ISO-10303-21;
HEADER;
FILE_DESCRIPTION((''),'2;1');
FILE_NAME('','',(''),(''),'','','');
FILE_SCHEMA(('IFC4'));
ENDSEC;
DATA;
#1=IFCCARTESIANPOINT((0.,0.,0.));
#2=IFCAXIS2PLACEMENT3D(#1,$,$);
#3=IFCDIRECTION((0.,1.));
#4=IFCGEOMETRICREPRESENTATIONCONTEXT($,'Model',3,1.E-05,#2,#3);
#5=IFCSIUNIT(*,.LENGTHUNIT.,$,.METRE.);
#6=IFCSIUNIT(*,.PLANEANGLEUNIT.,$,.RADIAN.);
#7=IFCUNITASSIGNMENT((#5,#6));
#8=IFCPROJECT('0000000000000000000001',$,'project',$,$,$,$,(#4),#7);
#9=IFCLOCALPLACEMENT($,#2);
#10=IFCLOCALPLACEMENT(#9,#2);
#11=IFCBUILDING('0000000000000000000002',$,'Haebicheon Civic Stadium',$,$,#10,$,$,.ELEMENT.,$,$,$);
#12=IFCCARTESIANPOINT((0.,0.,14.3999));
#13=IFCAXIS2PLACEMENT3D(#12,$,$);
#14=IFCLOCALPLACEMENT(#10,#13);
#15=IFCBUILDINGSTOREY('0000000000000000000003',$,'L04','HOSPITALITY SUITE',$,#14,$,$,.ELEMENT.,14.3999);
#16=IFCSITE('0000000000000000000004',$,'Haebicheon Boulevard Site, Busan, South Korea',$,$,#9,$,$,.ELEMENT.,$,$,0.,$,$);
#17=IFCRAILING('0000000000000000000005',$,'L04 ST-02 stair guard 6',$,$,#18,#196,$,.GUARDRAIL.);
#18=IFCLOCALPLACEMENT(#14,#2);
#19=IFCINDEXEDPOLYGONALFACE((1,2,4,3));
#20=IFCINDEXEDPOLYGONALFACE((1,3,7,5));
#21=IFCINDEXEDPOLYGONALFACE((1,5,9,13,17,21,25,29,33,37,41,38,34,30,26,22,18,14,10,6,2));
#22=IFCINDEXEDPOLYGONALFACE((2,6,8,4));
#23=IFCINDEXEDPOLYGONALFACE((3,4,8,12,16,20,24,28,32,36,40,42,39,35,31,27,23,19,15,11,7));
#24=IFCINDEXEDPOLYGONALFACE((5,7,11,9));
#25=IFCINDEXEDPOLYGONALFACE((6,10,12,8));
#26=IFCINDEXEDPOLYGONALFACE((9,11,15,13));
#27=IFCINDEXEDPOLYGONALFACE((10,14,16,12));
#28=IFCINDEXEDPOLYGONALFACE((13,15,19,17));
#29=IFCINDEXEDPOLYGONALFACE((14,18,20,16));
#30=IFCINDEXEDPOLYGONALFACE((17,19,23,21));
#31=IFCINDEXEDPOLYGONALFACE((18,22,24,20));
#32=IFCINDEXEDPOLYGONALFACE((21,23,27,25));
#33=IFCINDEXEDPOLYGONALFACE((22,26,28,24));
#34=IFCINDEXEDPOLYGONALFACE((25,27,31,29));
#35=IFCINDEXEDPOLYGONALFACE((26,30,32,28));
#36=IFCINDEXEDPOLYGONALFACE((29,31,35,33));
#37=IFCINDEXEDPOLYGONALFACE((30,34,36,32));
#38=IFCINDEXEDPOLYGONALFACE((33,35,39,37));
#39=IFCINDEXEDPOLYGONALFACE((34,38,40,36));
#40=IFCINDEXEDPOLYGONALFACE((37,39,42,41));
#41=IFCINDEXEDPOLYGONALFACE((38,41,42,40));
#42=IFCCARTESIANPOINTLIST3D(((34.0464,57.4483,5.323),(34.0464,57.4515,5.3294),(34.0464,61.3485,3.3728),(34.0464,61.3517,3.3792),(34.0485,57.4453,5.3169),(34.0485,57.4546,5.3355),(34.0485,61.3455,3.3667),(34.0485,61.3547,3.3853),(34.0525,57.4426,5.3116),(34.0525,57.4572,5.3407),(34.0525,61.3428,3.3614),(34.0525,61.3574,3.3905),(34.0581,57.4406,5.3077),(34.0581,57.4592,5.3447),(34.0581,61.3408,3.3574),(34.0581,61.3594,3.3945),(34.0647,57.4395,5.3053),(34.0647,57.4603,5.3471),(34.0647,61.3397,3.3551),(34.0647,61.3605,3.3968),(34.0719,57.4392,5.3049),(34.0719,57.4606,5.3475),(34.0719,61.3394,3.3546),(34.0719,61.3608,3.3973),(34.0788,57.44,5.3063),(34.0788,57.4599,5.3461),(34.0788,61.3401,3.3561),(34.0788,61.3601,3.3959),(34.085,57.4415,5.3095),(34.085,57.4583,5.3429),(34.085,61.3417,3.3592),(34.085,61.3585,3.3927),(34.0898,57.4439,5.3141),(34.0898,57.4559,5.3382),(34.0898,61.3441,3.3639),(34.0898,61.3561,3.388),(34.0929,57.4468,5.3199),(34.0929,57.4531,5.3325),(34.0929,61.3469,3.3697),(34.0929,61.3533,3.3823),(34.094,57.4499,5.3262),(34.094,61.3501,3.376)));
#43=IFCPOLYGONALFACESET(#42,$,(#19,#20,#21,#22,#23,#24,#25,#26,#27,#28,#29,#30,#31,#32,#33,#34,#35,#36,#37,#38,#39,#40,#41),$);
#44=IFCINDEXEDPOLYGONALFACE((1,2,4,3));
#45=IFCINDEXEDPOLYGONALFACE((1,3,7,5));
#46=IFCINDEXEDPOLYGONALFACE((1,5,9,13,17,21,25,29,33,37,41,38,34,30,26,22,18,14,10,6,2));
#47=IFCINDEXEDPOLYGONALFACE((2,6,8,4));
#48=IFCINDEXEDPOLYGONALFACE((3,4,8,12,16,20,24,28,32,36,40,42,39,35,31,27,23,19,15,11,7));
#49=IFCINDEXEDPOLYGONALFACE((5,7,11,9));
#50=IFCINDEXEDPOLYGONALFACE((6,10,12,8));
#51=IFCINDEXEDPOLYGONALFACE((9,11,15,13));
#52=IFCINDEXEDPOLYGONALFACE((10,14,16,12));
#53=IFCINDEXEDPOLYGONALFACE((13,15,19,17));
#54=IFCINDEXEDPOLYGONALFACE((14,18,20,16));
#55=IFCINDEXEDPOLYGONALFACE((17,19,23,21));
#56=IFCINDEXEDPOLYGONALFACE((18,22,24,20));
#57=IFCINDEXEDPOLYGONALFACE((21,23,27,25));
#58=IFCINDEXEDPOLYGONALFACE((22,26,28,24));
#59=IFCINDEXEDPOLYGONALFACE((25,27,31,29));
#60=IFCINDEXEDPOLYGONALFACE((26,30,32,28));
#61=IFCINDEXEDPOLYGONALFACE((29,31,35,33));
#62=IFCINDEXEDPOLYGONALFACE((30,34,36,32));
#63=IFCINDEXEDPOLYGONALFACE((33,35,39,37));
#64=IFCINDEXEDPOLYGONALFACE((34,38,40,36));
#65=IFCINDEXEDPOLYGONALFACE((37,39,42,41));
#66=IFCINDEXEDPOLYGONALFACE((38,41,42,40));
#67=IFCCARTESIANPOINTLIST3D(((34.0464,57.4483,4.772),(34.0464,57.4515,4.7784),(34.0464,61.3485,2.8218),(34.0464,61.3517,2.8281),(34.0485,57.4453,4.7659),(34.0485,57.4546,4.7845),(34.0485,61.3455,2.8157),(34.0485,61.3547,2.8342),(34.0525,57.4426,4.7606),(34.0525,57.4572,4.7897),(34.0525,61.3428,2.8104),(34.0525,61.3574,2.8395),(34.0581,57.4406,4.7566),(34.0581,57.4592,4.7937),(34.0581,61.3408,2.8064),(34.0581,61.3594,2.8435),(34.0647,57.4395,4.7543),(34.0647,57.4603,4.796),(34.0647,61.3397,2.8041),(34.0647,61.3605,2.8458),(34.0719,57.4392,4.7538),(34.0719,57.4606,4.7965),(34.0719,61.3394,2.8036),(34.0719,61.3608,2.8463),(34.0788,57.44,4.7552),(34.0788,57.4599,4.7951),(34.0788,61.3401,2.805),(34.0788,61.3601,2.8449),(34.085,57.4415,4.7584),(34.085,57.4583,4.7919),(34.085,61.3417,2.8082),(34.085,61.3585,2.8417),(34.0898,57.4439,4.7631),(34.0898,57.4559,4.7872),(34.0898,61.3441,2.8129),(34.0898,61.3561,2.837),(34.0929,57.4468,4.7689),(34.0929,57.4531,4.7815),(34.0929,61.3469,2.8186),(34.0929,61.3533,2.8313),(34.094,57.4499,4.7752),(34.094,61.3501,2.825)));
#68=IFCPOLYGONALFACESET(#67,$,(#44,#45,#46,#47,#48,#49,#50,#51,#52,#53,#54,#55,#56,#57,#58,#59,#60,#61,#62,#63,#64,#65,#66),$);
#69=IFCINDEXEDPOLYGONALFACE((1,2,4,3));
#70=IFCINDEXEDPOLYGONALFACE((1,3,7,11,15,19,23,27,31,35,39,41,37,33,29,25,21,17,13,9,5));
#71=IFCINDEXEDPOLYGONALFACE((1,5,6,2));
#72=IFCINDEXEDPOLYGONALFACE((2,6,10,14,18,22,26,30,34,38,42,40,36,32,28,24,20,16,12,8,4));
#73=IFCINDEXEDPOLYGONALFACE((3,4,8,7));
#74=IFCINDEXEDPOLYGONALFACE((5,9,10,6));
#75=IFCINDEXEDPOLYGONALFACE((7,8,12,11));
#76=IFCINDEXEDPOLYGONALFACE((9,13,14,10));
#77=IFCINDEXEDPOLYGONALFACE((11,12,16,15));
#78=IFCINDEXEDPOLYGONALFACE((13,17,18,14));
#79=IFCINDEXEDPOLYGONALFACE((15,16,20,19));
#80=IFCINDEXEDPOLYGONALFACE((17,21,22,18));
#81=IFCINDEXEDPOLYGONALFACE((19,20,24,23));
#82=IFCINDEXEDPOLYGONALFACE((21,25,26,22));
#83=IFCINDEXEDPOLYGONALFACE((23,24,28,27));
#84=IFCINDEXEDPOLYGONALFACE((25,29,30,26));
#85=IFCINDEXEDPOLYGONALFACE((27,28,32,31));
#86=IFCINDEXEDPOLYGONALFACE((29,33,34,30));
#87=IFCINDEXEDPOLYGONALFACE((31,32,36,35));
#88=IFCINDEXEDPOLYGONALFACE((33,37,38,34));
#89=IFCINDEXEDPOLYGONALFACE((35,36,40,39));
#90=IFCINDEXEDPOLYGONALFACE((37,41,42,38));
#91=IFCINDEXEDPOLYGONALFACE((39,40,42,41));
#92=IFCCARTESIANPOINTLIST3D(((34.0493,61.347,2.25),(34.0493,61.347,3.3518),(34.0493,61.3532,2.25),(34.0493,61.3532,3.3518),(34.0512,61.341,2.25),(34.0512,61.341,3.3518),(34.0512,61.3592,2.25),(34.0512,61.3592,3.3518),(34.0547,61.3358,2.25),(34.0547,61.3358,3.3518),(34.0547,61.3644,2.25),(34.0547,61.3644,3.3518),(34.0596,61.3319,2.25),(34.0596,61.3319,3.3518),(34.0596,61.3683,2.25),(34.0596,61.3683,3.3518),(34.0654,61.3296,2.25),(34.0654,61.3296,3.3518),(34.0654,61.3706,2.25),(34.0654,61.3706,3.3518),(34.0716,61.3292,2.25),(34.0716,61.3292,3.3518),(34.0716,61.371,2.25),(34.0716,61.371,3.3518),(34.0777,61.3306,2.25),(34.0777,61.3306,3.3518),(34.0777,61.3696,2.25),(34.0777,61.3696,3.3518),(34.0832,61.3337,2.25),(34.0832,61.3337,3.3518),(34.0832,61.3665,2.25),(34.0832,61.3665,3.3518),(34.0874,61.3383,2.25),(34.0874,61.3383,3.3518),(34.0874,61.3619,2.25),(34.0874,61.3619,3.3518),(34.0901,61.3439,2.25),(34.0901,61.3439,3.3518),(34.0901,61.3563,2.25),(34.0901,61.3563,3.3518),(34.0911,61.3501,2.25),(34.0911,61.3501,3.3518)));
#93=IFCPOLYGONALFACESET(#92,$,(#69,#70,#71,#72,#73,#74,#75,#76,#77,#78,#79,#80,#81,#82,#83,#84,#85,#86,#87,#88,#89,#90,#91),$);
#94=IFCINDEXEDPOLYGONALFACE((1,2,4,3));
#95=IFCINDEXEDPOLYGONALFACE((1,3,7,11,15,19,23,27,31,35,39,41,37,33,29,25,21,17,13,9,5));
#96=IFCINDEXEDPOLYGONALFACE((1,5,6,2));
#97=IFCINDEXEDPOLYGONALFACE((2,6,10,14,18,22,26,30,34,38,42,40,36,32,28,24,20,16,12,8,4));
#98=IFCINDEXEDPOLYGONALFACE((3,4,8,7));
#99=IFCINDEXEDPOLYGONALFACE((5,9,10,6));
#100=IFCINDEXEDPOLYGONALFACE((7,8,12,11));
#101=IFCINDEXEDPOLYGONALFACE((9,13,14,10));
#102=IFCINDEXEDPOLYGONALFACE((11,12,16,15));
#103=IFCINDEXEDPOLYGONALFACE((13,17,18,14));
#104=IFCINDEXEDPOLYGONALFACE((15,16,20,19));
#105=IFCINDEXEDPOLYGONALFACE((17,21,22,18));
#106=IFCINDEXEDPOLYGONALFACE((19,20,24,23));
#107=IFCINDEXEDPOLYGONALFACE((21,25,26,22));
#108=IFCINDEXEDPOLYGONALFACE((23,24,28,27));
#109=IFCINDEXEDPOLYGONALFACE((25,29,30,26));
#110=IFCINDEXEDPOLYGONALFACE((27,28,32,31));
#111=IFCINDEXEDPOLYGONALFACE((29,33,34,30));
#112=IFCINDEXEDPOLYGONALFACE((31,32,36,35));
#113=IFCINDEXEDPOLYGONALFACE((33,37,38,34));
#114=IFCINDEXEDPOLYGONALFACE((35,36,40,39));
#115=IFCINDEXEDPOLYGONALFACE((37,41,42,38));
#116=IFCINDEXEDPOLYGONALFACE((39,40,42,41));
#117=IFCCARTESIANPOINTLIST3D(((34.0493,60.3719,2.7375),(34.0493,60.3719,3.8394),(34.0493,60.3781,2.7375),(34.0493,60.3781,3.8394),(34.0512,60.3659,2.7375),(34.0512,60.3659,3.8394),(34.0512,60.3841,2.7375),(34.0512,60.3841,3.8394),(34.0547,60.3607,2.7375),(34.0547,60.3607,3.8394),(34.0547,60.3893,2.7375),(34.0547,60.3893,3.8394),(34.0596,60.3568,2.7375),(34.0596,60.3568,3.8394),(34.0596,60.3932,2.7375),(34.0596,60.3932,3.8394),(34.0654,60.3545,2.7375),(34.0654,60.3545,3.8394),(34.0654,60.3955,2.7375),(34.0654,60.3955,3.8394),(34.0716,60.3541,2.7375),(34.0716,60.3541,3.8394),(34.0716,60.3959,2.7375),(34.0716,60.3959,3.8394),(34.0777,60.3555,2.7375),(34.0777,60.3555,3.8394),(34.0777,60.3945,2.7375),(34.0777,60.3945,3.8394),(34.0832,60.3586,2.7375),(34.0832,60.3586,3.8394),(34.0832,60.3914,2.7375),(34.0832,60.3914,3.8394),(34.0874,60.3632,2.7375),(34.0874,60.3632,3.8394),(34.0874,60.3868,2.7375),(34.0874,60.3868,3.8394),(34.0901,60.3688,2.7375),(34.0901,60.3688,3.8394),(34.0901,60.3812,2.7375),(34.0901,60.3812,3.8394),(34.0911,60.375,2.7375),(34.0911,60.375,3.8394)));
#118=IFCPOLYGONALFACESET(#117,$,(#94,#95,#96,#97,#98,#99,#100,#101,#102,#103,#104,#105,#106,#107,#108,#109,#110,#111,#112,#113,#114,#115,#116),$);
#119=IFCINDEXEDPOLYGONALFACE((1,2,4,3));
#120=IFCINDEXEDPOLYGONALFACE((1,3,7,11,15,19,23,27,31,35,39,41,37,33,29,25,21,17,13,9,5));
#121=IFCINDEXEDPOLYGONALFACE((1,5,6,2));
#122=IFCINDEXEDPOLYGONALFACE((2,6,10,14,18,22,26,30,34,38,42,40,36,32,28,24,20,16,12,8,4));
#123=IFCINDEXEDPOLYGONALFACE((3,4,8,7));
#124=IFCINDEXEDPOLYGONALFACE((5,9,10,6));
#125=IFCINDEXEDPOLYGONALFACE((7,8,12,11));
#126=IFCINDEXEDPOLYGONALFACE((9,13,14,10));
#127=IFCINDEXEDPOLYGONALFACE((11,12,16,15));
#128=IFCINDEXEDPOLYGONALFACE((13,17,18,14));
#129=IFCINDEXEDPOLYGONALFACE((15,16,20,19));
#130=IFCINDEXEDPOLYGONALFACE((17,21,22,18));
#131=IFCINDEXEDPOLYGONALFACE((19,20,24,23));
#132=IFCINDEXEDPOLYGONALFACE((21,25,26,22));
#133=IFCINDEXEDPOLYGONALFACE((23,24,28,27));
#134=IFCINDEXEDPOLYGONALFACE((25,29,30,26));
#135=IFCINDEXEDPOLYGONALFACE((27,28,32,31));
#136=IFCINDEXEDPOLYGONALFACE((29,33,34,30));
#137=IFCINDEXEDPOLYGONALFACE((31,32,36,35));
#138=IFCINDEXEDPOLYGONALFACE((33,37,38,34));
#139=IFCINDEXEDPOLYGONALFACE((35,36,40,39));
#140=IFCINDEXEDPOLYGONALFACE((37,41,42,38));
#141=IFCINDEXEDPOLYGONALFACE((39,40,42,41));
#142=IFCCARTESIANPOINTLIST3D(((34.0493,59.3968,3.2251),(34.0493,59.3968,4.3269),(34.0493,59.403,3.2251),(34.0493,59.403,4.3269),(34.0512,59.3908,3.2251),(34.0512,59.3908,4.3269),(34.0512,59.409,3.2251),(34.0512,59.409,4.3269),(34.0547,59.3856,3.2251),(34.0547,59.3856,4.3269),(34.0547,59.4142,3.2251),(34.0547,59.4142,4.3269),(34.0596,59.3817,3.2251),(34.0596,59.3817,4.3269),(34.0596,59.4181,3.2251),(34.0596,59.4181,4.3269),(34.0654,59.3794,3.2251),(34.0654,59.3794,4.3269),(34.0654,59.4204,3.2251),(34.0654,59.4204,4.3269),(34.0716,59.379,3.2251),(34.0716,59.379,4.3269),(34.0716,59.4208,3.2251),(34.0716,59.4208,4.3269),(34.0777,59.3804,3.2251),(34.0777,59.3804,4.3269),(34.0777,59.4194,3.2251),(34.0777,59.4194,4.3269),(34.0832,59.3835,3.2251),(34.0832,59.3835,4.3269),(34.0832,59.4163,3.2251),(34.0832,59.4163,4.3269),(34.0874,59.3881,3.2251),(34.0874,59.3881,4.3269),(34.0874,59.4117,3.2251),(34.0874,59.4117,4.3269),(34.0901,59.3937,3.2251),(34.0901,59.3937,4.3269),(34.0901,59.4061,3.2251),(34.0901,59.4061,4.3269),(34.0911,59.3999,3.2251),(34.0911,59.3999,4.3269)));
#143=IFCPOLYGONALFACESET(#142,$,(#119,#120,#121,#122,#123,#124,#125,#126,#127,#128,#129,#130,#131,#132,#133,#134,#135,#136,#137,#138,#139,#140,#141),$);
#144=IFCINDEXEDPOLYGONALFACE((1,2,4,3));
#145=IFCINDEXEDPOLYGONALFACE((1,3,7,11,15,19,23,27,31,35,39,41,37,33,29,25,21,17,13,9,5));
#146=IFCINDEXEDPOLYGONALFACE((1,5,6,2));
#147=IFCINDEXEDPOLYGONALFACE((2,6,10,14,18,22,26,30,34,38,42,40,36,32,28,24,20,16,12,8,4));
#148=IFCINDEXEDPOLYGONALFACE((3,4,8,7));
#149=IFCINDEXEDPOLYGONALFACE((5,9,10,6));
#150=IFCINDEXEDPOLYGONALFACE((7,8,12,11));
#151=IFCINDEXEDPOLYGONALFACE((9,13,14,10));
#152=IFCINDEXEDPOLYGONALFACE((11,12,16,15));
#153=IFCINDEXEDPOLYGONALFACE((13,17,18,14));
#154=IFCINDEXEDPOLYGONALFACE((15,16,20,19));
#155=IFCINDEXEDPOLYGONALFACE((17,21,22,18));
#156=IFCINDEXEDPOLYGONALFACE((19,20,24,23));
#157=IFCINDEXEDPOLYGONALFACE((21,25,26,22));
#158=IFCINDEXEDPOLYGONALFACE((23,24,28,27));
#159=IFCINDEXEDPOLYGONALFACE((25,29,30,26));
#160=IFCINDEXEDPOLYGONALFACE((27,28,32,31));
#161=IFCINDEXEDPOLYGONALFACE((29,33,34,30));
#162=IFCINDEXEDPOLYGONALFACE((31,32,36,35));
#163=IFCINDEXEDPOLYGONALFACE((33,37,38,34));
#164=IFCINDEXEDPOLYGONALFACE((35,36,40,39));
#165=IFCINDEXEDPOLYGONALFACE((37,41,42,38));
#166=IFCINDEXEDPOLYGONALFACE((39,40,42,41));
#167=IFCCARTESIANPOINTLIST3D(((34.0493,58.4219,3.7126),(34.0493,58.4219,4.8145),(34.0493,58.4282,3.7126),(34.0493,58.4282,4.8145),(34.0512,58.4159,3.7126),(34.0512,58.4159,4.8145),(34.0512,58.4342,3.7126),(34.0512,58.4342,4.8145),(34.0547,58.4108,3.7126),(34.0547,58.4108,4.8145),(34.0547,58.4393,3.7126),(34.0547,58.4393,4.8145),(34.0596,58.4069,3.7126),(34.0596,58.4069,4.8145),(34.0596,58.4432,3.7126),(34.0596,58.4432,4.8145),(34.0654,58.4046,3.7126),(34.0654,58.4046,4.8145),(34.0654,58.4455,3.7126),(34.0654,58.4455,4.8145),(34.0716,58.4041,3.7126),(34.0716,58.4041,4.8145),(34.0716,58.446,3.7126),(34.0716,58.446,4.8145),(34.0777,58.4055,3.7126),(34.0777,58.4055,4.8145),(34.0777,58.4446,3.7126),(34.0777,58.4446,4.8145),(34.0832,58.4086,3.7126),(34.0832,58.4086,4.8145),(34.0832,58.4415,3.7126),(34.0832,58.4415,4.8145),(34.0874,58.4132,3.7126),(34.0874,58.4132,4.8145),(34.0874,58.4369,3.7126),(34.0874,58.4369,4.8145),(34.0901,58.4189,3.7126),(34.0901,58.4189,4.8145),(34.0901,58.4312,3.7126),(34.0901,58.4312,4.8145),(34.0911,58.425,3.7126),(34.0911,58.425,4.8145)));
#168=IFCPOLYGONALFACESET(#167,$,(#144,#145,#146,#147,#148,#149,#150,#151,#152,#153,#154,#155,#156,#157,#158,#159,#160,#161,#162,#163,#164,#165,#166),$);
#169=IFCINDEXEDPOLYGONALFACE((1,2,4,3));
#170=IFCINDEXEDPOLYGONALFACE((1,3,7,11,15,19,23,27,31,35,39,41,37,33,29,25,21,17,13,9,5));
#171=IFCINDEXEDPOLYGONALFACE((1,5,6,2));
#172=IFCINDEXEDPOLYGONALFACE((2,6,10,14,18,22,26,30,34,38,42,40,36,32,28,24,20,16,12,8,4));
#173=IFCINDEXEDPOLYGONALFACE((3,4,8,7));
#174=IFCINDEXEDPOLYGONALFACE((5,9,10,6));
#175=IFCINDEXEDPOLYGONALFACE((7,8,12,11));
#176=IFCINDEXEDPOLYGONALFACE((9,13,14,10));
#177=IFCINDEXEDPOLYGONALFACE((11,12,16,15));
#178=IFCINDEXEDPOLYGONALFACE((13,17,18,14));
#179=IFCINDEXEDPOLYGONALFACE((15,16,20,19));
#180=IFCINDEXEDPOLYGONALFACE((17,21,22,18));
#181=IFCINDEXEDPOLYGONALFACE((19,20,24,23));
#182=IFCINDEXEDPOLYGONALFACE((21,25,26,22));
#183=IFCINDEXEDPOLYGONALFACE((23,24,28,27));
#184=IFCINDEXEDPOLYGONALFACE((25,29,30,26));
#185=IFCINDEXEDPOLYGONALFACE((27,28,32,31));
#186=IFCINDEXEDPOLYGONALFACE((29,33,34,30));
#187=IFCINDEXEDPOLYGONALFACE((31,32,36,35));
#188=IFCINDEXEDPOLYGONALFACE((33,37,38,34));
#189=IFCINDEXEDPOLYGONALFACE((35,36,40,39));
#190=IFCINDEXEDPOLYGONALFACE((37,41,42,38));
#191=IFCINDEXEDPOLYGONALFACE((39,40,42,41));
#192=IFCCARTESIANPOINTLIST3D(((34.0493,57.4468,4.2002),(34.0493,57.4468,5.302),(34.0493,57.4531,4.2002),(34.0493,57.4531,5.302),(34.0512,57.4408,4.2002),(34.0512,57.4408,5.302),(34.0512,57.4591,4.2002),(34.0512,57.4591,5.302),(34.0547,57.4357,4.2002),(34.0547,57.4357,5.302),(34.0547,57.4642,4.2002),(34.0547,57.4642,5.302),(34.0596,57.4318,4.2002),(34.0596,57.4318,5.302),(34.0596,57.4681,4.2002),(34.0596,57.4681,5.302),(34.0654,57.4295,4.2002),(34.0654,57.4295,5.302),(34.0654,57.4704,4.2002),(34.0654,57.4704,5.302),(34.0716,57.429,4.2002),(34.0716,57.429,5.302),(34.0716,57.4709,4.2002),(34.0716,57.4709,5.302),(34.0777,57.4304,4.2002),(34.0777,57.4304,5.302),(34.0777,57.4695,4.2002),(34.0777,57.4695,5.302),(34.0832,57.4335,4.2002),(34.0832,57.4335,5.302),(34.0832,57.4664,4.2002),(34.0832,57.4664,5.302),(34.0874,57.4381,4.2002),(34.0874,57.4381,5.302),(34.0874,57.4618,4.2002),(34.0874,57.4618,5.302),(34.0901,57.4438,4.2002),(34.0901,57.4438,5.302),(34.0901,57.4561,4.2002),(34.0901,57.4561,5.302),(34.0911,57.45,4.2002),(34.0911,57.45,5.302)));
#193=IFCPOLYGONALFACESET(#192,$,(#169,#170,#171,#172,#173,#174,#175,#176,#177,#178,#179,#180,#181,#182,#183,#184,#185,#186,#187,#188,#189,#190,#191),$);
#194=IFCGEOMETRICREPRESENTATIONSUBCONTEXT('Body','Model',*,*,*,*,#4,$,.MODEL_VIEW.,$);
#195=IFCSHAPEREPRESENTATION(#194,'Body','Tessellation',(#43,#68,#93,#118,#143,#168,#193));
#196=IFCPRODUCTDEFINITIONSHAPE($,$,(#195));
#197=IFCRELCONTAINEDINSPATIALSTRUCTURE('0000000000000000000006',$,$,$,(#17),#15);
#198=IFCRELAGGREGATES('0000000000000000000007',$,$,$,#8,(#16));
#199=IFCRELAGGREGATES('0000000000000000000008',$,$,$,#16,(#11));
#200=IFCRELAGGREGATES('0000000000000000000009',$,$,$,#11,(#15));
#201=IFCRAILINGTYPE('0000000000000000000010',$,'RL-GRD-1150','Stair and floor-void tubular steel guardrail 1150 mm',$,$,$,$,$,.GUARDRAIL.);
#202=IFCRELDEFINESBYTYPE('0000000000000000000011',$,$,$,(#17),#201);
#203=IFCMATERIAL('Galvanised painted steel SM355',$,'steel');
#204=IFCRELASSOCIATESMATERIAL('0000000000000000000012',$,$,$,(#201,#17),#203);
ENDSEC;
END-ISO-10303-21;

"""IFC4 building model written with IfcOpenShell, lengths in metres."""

from ifc_helpers import new_model, si_unit, direction, frame, origin, origin_2d, place, context, subcontext, project, spatial, circle, extrude, material, type_object, element, save


model = new_model("IFC4")

# Units and contexts
model_context = context("Model", 3, precision=1e-05, world=origin(), true_north=direction((0.0, 1.0)))
body_context = subcontext(model_context, "Body", "Model", "MODEL_VIEW")
ifc_project = project(units=[si_unit("LENGTHUNIT", "METRE"), si_unit("PLANEANGLEUNIT", "RADIAN")], contexts=[model_context])

# Site, building, storey
site_placement = place(None, origin())
site = spatial("IfcSite", under=ifc_project, at=site_placement, Name="Haebicheon Boulevard Site, Busan, South Korea", CompositionType="ELEMENT", RefElevation=0.0)
building_placement = place(site_placement, origin())
building = spatial("IfcBuilding", under=site, at=building_placement, Name="Haebicheon Civic Stadium", CompositionType="ELEMENT")
storey_placement = place(building_placement, frame((0.0, 0.0, 14.3999)))
storey = spatial("IfcBuildingStorey", under=building, at=storey_placement, Name="L04", Description="HOSPITALITY SUITE", CompositionType="ELEMENT", Elevation=14.3999)

# Railing
ifc_material_1 = material(Name="Galvanised painted steel SM355", Category="steel")
railing_type_1 = type_object("IfcRailingType", Name="RL-GRD-1150", Description="Stair and floor-void tubular steel guardrail 1150 mm", PredefinedType="GUARDRAIL", material=ifc_material_1)
railing_1_placement = place(storey_placement, frame((34.0701, 61.3501, 2.25)))
element("IfcRailing", 1, at=railing_1_placement, inside=storey, type_object=railing_type_1, material=ifc_material_1, Name="L04 ST-02 stair guard 6", PredefinedType="GUARDRAIL", context=body_context, shape_type="SweptSolid", body=[
    extrude(circle(Radius=0.0239, at=origin_2d()), frame((0.0, 0.0, 1.126), z_axis=(0.0, -0.894416, 0.447236), x_axis=(1.0, 0.0, 0.0)), (0.0, 0.0, 1.0), 4.3606),
    extrude(circle(Radius=0.0239, at=origin_2d()), frame((0.0, 0.0, 0.575), z_axis=(0.0, -0.894416, 0.447236), x_axis=(1.0, 0.0, 0.0)), (0.0, 0.0, 1.0), 4.3606),
    extrude(circle(Radius=0.021, at=origin_2d()), origin(), (0.0, 0.0, 1.0), 1.1018),
    extrude(circle(Radius=0.021, at=origin_2d()), frame((0.0, -0.9751, 0.4875)), (0.0, 0.0, 1.0), 1.1018),
    extrude(circle(Radius=0.021, at=origin_2d()), frame((0.0, -1.9502, 0.9751)), (0.0, 0.0, 1.0), 1.1018),
    extrude(circle(Radius=0.021, at=origin_2d()), frame((0.0, -2.925, 1.4626)), (0.0, 0.0, 1.0), 1.1018),
    extrude(circle(Radius=0.021, at=origin_2d()), frame((0.0, -3.9001, 1.9502)), (0.0, 0.0, 1.0), 1.1018),
])

save(model, "model.ifc")
